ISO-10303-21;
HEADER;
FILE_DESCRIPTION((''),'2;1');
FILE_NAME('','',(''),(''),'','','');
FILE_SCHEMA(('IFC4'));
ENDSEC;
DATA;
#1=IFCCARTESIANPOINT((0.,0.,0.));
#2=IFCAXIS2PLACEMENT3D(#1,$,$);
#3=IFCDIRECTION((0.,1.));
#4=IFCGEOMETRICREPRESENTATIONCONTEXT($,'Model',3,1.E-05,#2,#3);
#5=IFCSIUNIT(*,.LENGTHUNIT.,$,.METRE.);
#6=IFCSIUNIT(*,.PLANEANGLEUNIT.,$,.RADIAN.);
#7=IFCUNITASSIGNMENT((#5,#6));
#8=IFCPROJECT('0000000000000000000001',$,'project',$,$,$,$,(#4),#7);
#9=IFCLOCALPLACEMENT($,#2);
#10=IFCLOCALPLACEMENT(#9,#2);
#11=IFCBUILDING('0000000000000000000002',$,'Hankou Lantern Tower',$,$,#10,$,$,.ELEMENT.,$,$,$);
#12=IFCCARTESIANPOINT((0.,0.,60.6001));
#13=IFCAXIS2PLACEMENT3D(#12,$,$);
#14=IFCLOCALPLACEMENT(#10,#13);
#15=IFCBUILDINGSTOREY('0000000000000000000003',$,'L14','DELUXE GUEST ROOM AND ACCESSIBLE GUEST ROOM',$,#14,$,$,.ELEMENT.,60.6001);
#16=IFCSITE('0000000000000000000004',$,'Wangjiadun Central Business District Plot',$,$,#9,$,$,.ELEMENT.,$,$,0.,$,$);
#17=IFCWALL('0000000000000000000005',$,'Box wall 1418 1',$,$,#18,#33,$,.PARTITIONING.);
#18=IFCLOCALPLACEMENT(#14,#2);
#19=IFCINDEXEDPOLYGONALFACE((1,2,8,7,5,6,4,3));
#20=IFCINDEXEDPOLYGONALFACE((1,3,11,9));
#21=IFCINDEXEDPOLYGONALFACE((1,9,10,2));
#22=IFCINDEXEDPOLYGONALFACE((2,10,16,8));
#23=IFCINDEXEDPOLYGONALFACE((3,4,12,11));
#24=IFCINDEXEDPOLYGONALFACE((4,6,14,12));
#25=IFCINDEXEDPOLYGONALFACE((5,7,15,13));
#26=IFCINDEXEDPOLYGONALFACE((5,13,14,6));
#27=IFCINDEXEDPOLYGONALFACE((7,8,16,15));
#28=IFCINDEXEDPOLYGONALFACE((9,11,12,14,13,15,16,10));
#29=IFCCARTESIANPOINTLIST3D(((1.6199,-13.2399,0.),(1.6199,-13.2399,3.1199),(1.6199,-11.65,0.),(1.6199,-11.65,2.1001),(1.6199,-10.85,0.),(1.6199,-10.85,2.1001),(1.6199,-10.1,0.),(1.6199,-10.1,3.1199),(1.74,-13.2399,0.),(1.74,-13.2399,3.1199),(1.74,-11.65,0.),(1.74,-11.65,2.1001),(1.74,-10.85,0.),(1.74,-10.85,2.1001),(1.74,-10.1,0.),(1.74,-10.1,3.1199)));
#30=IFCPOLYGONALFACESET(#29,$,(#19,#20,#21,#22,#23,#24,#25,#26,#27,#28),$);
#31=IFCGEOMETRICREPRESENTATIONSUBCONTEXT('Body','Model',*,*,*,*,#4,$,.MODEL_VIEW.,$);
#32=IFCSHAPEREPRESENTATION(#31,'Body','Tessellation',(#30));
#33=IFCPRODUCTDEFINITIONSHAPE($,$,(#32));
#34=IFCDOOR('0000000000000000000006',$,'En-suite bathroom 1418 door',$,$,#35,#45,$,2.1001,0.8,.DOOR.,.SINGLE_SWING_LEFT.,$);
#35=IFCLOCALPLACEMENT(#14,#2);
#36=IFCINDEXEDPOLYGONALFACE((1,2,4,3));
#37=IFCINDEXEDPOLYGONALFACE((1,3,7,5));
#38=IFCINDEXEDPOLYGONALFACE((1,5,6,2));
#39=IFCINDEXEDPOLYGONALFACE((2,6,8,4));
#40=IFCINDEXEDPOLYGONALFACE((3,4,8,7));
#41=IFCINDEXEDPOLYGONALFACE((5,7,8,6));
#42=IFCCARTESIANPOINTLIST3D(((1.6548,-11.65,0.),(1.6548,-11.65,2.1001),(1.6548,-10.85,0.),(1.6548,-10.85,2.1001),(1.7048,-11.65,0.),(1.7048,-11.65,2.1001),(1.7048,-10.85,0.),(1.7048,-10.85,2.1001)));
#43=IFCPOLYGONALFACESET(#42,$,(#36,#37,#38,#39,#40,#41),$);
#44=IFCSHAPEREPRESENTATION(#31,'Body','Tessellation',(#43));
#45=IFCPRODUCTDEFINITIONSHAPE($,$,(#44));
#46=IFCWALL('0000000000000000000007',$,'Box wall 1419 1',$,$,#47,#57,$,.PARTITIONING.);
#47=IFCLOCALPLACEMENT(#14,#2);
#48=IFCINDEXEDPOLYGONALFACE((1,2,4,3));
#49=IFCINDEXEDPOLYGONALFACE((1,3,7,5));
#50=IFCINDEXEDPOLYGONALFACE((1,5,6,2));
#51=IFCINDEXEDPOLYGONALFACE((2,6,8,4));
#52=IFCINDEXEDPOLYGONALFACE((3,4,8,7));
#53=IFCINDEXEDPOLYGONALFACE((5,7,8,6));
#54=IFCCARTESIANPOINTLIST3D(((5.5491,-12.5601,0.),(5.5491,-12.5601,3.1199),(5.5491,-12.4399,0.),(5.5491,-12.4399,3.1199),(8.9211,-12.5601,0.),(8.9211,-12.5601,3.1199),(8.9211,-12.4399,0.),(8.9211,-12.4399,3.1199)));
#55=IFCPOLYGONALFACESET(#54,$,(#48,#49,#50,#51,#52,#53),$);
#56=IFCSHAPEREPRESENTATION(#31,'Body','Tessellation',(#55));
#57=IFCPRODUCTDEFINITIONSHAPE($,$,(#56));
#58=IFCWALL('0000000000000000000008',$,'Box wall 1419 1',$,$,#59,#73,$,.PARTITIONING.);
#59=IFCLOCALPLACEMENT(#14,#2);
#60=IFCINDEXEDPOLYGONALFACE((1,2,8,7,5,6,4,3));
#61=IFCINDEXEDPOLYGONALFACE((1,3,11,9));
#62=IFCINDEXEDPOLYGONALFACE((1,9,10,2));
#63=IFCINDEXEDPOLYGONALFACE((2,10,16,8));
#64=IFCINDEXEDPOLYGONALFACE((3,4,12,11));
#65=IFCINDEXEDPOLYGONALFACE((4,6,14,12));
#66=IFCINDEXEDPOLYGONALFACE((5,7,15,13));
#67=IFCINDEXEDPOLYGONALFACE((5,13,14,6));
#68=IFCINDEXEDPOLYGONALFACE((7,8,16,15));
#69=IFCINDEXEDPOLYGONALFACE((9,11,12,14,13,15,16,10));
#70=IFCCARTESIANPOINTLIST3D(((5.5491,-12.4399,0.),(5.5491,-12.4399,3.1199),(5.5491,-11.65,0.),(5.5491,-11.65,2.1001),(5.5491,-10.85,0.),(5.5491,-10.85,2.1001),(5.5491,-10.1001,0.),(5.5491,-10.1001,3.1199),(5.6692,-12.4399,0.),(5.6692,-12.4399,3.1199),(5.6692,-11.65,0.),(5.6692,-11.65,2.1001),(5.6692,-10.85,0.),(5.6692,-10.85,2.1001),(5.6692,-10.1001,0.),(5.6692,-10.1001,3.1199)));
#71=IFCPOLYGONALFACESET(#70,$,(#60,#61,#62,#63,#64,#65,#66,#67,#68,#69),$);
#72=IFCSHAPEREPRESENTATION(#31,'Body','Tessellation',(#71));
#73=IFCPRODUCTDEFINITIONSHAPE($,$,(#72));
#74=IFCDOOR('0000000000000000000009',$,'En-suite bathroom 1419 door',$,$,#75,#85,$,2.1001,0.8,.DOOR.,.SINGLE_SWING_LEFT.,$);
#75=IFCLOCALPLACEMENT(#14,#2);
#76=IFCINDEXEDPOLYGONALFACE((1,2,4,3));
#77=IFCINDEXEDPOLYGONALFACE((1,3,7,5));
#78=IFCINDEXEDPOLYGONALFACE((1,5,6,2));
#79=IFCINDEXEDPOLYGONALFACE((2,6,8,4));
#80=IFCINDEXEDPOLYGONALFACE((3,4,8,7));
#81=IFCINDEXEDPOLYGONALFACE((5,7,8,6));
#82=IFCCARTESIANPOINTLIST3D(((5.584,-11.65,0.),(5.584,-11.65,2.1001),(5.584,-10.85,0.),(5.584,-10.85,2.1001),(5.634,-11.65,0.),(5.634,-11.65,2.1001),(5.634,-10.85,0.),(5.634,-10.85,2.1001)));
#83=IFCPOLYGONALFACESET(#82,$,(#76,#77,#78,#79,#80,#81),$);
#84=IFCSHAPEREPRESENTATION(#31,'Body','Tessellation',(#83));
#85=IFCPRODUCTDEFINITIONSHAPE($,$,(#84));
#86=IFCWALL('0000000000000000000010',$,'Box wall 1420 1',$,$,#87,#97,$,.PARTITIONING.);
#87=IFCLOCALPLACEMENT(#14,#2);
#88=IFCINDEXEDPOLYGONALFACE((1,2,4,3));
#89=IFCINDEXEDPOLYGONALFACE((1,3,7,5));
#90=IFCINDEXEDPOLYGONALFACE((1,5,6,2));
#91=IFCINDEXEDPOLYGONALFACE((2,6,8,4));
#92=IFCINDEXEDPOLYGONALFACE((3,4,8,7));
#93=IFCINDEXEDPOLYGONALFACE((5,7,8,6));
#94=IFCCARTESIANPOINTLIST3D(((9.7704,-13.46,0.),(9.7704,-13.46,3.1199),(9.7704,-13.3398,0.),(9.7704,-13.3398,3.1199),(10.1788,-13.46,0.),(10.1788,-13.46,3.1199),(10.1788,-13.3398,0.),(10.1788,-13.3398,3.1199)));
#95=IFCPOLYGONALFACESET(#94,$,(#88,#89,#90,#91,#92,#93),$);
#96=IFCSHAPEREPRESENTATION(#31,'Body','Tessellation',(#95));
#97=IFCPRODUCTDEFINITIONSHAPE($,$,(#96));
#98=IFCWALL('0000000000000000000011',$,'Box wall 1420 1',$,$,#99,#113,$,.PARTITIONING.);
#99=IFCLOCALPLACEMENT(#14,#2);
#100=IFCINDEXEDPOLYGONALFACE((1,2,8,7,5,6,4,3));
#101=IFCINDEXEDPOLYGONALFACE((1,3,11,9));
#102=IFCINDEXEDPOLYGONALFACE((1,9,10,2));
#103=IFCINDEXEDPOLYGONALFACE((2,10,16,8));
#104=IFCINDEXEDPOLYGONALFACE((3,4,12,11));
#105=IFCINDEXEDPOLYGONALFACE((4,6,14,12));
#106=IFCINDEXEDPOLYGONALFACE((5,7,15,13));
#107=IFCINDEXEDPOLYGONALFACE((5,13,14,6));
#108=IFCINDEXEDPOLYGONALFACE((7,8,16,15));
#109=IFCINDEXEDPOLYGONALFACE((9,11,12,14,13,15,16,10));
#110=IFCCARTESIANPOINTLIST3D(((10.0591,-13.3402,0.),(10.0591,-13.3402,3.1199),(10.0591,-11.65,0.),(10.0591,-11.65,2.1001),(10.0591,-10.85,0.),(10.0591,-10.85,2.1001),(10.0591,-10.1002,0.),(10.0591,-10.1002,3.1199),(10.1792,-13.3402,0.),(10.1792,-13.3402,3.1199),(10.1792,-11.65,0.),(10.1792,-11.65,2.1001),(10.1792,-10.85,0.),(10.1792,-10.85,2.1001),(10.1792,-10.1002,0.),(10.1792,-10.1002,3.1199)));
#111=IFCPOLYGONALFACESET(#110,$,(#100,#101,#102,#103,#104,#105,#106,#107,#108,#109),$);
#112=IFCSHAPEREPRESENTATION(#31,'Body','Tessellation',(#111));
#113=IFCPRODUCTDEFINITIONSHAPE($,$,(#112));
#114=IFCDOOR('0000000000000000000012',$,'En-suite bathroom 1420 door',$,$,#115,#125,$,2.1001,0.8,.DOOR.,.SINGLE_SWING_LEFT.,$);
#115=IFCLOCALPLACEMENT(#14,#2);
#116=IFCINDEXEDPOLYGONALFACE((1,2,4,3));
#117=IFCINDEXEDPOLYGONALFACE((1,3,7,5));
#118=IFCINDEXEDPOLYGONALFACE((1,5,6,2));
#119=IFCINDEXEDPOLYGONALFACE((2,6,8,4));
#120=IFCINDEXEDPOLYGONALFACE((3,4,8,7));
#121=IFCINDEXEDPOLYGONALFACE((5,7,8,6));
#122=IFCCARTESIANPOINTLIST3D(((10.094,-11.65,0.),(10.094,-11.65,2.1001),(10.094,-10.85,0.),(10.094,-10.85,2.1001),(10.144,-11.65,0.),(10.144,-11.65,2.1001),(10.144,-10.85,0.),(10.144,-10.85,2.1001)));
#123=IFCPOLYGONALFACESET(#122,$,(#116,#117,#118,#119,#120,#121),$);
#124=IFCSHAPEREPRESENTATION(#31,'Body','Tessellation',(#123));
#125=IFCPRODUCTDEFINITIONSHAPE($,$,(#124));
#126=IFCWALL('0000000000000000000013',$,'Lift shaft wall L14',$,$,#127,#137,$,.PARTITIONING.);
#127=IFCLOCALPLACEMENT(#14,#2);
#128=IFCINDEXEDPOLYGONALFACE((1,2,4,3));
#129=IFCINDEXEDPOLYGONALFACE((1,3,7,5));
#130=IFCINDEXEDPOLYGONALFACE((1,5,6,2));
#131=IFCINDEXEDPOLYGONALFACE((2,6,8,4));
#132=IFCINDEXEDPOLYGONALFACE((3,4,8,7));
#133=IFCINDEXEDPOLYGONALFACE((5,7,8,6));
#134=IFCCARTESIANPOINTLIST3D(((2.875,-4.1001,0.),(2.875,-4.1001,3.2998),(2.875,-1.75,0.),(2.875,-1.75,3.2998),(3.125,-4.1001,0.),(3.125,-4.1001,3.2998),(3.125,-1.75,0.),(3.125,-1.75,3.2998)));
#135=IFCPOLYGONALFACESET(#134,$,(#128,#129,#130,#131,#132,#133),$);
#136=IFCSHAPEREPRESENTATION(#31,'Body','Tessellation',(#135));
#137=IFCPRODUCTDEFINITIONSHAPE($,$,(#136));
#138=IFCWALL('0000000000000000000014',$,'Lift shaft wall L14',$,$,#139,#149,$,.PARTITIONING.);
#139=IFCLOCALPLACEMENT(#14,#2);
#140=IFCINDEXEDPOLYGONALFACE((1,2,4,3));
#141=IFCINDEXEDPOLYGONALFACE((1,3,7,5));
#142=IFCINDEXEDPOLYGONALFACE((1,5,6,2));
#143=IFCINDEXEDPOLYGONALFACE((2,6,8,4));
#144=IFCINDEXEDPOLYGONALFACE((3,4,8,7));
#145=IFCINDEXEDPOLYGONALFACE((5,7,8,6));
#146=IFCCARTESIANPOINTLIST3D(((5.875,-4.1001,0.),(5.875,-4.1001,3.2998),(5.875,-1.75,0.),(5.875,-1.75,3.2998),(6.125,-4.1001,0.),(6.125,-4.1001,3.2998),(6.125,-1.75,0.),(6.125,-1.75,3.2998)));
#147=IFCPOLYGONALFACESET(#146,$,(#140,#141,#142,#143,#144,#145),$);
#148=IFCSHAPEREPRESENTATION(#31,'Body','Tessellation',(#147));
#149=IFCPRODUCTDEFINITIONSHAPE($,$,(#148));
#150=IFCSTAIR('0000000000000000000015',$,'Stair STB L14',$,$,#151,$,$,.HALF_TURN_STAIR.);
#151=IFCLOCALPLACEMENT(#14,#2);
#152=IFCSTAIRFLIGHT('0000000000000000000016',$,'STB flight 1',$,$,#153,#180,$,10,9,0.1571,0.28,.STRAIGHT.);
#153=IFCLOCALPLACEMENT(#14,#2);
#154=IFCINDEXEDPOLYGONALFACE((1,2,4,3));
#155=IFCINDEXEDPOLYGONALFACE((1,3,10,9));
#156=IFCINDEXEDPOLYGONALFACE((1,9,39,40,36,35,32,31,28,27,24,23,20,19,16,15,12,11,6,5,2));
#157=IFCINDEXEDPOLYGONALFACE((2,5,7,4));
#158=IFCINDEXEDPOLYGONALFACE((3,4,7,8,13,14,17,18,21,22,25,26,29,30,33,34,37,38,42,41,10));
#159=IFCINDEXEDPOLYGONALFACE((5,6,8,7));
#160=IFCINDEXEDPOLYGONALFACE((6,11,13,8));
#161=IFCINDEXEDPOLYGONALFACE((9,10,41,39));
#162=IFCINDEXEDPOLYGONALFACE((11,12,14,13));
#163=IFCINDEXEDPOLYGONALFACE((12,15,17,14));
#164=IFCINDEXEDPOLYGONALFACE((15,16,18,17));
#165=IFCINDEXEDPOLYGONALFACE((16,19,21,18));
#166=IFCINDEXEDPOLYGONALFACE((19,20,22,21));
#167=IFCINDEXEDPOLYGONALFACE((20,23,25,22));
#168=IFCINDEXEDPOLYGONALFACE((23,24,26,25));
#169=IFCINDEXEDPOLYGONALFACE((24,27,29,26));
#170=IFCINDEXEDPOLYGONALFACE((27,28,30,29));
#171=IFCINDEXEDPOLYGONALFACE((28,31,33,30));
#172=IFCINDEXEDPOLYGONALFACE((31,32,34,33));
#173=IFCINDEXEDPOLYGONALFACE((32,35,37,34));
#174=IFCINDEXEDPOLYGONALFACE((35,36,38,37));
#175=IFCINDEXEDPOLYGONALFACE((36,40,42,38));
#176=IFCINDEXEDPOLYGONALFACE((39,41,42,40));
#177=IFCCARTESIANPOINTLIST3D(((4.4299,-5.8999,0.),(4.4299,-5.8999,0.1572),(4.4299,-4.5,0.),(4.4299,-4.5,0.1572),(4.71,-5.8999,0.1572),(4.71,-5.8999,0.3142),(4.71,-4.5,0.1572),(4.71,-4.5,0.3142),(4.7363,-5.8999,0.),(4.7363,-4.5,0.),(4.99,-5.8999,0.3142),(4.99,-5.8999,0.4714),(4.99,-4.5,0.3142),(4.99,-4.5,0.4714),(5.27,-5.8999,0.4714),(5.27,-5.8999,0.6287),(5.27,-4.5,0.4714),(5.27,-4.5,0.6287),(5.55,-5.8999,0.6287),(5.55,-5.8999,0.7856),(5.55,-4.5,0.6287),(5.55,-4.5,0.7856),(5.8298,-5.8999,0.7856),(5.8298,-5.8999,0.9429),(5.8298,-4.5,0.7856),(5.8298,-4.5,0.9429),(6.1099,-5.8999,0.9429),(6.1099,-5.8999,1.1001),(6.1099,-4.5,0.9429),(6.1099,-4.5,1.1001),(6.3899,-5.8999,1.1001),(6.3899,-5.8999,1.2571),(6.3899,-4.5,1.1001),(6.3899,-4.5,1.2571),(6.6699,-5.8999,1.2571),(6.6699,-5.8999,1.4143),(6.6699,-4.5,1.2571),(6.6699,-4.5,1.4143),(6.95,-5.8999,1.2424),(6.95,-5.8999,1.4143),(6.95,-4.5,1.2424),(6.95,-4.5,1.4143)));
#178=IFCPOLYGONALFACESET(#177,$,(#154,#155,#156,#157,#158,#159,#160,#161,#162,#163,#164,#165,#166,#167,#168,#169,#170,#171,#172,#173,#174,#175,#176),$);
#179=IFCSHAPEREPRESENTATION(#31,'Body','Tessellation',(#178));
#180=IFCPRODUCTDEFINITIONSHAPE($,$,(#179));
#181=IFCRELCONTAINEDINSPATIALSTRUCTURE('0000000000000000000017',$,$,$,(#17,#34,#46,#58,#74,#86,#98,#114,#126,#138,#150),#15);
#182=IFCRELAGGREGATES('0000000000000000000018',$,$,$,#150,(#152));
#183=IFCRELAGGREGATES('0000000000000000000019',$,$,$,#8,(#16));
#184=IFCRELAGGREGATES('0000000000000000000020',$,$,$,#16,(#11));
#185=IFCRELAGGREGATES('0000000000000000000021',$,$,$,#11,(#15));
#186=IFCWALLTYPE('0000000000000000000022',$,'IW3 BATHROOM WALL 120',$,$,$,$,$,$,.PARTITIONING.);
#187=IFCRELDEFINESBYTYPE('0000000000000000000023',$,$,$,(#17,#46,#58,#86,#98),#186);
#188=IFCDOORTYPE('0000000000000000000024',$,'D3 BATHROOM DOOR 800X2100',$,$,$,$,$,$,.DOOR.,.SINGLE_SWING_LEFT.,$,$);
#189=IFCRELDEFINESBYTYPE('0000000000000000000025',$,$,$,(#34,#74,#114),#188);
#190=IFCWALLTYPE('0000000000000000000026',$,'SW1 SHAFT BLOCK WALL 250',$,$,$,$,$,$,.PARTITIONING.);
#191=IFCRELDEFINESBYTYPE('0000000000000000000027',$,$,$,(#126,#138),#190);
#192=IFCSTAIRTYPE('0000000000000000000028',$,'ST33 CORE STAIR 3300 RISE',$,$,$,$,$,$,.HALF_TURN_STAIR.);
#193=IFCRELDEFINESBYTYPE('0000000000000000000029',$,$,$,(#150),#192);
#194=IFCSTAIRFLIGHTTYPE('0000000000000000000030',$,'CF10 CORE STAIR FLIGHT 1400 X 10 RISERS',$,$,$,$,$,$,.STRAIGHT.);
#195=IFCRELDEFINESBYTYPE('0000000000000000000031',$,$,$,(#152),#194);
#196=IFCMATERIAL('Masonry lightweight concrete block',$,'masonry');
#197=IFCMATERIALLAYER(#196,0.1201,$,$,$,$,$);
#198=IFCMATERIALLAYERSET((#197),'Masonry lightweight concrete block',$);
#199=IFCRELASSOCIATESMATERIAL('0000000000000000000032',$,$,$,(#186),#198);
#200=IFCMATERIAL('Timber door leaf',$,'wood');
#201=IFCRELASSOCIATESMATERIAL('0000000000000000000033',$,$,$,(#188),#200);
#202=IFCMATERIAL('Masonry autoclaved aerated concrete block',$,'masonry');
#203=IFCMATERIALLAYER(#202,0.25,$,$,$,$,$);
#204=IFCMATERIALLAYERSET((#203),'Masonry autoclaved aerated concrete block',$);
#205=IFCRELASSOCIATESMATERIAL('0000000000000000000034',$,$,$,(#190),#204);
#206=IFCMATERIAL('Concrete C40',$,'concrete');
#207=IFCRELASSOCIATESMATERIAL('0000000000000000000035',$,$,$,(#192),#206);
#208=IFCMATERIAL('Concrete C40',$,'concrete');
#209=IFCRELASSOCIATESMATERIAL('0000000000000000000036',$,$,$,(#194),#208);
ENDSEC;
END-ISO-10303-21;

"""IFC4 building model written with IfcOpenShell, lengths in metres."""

from ifc_helpers import new_model, si_unit, direction, frame, frame_2d, origin, place, context, subcontext, project, spatial, polyline, rectangle, outline, extrude, material, layer, layer_set, type_object, element, fill, aggregate, save


model = new_model("IFC4")

# Units and contexts
model_context = context("Model", 3, precision=1e-05, world=origin(), true_north=direction((0.0, 1.0)))
body_context = subcontext(model_context, "Body", "Model", "MODEL_VIEW")
ifc_project = project(units=[si_unit("LENGTHUNIT", "METRE"), si_unit("PLANEANGLEUNIT", "RADIAN")], contexts=[model_context])

# Site, building, storey
site_placement = place(None, origin())
site = spatial("IfcSite", under=ifc_project, at=site_placement, Name="Wangjiadun Central Business District Plot", CompositionType="ELEMENT", RefElevation=0.0)
building_placement = place(site_placement, origin())
building = spatial("IfcBuilding", under=site, at=building_placement, Name="Hankou Lantern Tower", CompositionType="ELEMENT")
storey_placement = place(building_placement, frame((0.0, 0.0, 60.6001)))
storey = spatial("IfcBuildingStorey", under=building, at=storey_placement, Name="L14", Description="DELUXE GUEST ROOM AND ACCESSIBLE GUEST ROOM", CompositionType="ELEMENT", Elevation=60.6001)

# Shared definitions
ifc_material_1 = material(Name="Masonry lightweight concrete block", Category="masonry")
ifc_layer_1 = layer(ifc_material_1, 0.1201)
ifc_layer_set_1 = layer_set([ifc_layer_1], Name="Masonry lightweight concrete block")
wall_type_1 = type_object("IfcWallType", Name="IW3 BATHROOM WALL 120", PredefinedType="PARTITIONING", material=ifc_layer_set_1)

# Wall, opening, door
wall_1_placement = place(storey_placement, frame((1.6799, -10.1001, 0.0), z_axis=(0.0, 0.0, 1.0), x_axis=(0.0, -1.0, 0.0)))
wall_1 = element("IfcWall", 1, at=wall_1_placement, inside=storey, type_object=wall_type_1, Name="Box wall 1418 1", PredefinedType="PARTITIONING", context=body_context, shape_type="SweptSolid", body=[
    extrude(rectangle(XDim=3.1399, YDim=0.1201, at=frame_2d((1.5698, 0.0))), origin(), (0.0, 0.0, 1.0), 3.1199),
])
opening_1_placement = place(wall_1_placement, frame((0.75, 0.0, 0.0)))
opening_1 = element("IfcOpeningElement", 2, at=opening_1_placement, cuts=wall_1, PredefinedType="OPENING", context=body_context, shape_type="SweptSolid", body=[
    extrude(rectangle(XDim=0.8, YDim=2.1001, at=frame_2d((0.3999, 1.05))), frame((0.0, 0.0701, 0.0), z_axis=(0.0, -1.0, 0.0), x_axis=(1.0, 0.0, 0.0)), (0.0, 0.0, 1.0), 0.1401),
])
ifc_material_2 = material(Name="Timber door leaf", Category="wood")
door_type_1 = type_object("IfcDoorType", Name="D3 BATHROOM DOOR 800X2100", OperationType="SINGLE_SWING_LEFT", PredefinedType="DOOR", material=ifc_material_2)
door_1_placement = place(opening_1_placement, origin())
door_1 = element("IfcDoor", 3, at=door_1_placement, inside=storey, type_object=door_type_1, Name="En-suite bathroom 1418 door", OperationType="SINGLE_SWING_LEFT", OverallHeight=2.1001, OverallWidth=0.8, PredefinedType="DOOR", context=body_context, shape_type="SweptSolid", body=[
    extrude(rectangle(XDim=0.8, YDim=2.1001, at=frame_2d((0.3999, 1.05))), frame((0.0, 0.0249, 0.0), z_axis=(0.0, -1.0, 0.0), x_axis=(1.0, 0.0, 0.0)), (0.0, 0.0, 1.0), 0.05),
])
fill(opening_1, door_1)

# Wall
wall_2_placement = place(storey_placement, frame((8.9211, -12.5, 0.0), z_axis=(0.0, 0.0, 1.0), x_axis=(-1.0, 0.0, 0.0)))
element("IfcWall", 4, at=wall_2_placement, inside=storey, type_object=wall_type_1, Name="Box wall 1419 1", PredefinedType="PARTITIONING", context=body_context, shape_type="SweptSolid", body=[
    extrude(rectangle(XDim=3.3721, YDim=0.1201, at=frame_2d((1.686, 0.0))), origin(), (0.0, 0.0, 1.0), 3.1199),
])

# Wall, opening, door
wall_3_placement = place(storey_placement, frame((5.6091, -10.1001, 0.0), z_axis=(0.0, 0.0, 1.0), x_axis=(0.0, -1.0, 0.0)))
wall_3 = element("IfcWall", 5, at=wall_3_placement, inside=storey, type_object=wall_type_1, Name="Box wall 1419 1", PredefinedType="PARTITIONING", context=body_context, shape_type="SweptSolid", body=[
    extrude(rectangle(XDim=2.3398, YDim=0.1201, at=frame_2d((1.1699, 0.0))), origin(), (0.0, 0.0, 1.0), 3.1199),
])
opening_2_placement = place(wall_3_placement, frame((0.75, 0.0, 0.0)))
opening_2 = element("IfcOpeningElement", 6, at=opening_2_placement, cuts=wall_3, PredefinedType="OPENING", context=body_context, shape_type="SweptSolid", body=[
    extrude(rectangle(XDim=0.8, YDim=2.1001, at=frame_2d((0.3999, 1.05))), frame((0.0, 0.0701, 0.0), z_axis=(0.0, -1.0, 0.0), x_axis=(1.0, 0.0, 0.0)), (0.0, 0.0, 1.0), 0.1401),
])
door_2_placement = place(opening_2_placement, origin())
door_2 = element("IfcDoor", 7, at=door_2_placement, inside=storey, type_object=door_type_1, Name="En-suite bathroom 1419 door", OperationType="SINGLE_SWING_LEFT", OverallHeight=2.1001, OverallWidth=0.8, PredefinedType="DOOR", context=body_context, shape_type="SweptSolid", body=[
    extrude(rectangle(XDim=0.8, YDim=2.1001, at=frame_2d((0.3999, 1.05))), frame((0.0, 0.0249, 0.0), z_axis=(0.0, -1.0, 0.0), x_axis=(1.0, 0.0, 0.0)), (0.0, 0.0, 1.0), 0.05),
])
fill(opening_2, door_2)

# Wall
wall_4_placement = place(storey_placement, frame((9.7705, -13.3999, 0.0), z_axis=(0.0, 0.0, 1.0), x_axis=(1.0, 0.0, 0.0)))
element("IfcWall", 8, at=wall_4_placement, inside=storey, type_object=wall_type_1, Name="Box wall 1420 1", PredefinedType="PARTITIONING", context=body_context, shape_type="SweptSolid", body=[
    extrude(rectangle(XDim=0.4084, YDim=0.1201, at=frame_2d((0.2041, 0.0))), origin(), (0.0, 0.0, 1.0), 3.1199),
])

# Wall, opening, door
wall_5_placement = place(storey_placement, frame((10.1191, -10.1001, 0.0), z_axis=(0.0, 0.0, 1.0), x_axis=(0.0, -1.0, 0.0)))
wall_5 = element("IfcWall", 9, at=wall_5_placement, inside=storey, type_object=wall_type_1, Name="Box wall 1420 1", PredefinedType="PARTITIONING", context=body_context, shape_type="SweptSolid", body=[
    extrude(rectangle(XDim=3.24, YDim=0.1201, at=frame_2d((1.6201, 0.0))), origin(), (0.0, 0.0, 1.0), 3.1199),
])
opening_3_placement = place(wall_5_placement, frame((0.75, 0.0, 0.0)))
opening_3 = element("IfcOpeningElement", 10, at=opening_3_placement, cuts=wall_5, PredefinedType="OPENING", context=body_context, shape_type="SweptSolid", body=[
    extrude(rectangle(XDim=0.8, YDim=2.1001, at=frame_2d((0.3999, 1.05))), frame((0.0, 0.0701, 0.0), z_axis=(0.0, -1.0, 0.0), x_axis=(1.0, 0.0, 0.0)), (0.0, 0.0, 1.0), 0.1401),
])
door_3_placement = place(opening_3_placement, origin())
door_3 = element("IfcDoor", 11, at=door_3_placement, inside=storey, type_object=door_type_1, Name="En-suite bathroom 1420 door", OperationType="SINGLE_SWING_LEFT", OverallHeight=2.1001, OverallWidth=0.8, PredefinedType="DOOR", context=body_context, shape_type="SweptSolid", body=[
    extrude(rectangle(XDim=0.8, YDim=2.1001, at=frame_2d((0.3999, 1.05))), frame((0.0, 0.0249, 0.0), z_axis=(0.0, -1.0, 0.0), x_axis=(1.0, 0.0, 0.0)), (0.0, 0.0, 1.0), 0.05),
])
fill(opening_3, door_3)

# Walls
ifc_material_3 = material(Name="Masonry autoclaved aerated concrete block", Category="masonry")
ifc_layer_2 = layer(ifc_material_3, 0.25)
ifc_layer_set_2 = layer_set([ifc_layer_2], Name="Masonry autoclaved aerated concrete block")
wall_type_2 = type_object("IfcWallType", Name="SW1 SHAFT BLOCK WALL 250", PredefinedType="PARTITIONING", material=ifc_layer_set_2)
for number, where, z_axis, x_axis, name in (
    (12, (3.0, -4.1001, 0.0), (0.0, 0.0, 1.0), (0.0, 1.0, 0.0), "Lift shaft wall L14"),
    (13, (6.0, -4.1001, 0.0), (0.0, 0.0, 1.0), (0.0, 1.0, 0.0), "Lift shaft wall L14"),
):
    element("IfcWall", number, at=place(storey_placement, frame(where, z_axis=z_axis, x_axis=x_axis)), inside=storey, type_object=wall_type_2, Name=name, PredefinedType="PARTITIONING", context=body_context, shape_type="SweptSolid", body=[
        extrude(rectangle(XDim=2.3501, YDim=0.25, at=frame_2d((1.175, 0.0))), origin(), (0.0, 0.0, 1.0), 3.2998),
    ])

# Stair, stair flight
ifc_material_4 = material(Name="Concrete C40", Category="concrete")
stair_type = type_object("IfcStairType", Name="ST33 CORE STAIR 3300 RISE", PredefinedType="HALF_TURN_STAIR", material=ifc_material_4)
stair_placement = place(storey_placement, origin())
stair = element("IfcStair", 14, at=stair_placement, inside=storey, type_object=stair_type, Name="Stair STB L14", PredefinedType="HALF_TURN_STAIR")
ifc_material_5 = material(Name="Concrete C40", Category="concrete")
stair_flight_type_1 = type_object("IfcStairFlightType", Name="CF10 CORE STAIR FLIGHT 1400 X 10 RISERS", PredefinedType="STRAIGHT", material=ifc_material_5)
stair_flight_1_placement = place(storey_placement, frame((4.4299, -5.2, 0.0), z_axis=(0.0, 0.0, 1.0), x_axis=(1.0, 0.0, 0.0)))
stair_flight_1 = element("IfcStairFlight", 15, at=stair_flight_1_placement, type_object=stair_flight_type_1, Name="STB flight 1", NumberOfRisers=10, NumberOfTreads=9, PredefinedType="STRAIGHT", RiserHeight=0.1571, TreadLength=0.28, context=body_context, shape_type="SweptSolid", body=[
    extrude(outline(polyline([(0.0, 0.0), (0.0, 0.1572), (0.28, 0.1572), (0.28, 0.3142), (0.5601, 0.3142), (0.5601, 0.4714), (0.8401, 0.4714), (0.8401, 0.6287), (1.1201, 0.6287), (1.1201, 0.7856), (1.3999, 0.7856), (1.3999, 0.9429), (1.6799, 0.9429), (1.6799, 1.1001), (1.96, 1.1001), (1.96, 1.2571), (2.24, 1.2571), (2.24, 1.4143), (2.52, 1.4143), (2.52, 1.5715), (2.52, 1.2424), (0.3064, 0.0), (0.0, 0.0)])), frame((0.0, 0.7, 0.0), z_axis=(0.0, -1.0, 0.0), x_axis=(1.0, 0.0, 0.0)), (0.0, 0.0, 1.0), 1.3999),
])
aggregate(stair, [stair_flight_1])

save(model, "model.ifc")
